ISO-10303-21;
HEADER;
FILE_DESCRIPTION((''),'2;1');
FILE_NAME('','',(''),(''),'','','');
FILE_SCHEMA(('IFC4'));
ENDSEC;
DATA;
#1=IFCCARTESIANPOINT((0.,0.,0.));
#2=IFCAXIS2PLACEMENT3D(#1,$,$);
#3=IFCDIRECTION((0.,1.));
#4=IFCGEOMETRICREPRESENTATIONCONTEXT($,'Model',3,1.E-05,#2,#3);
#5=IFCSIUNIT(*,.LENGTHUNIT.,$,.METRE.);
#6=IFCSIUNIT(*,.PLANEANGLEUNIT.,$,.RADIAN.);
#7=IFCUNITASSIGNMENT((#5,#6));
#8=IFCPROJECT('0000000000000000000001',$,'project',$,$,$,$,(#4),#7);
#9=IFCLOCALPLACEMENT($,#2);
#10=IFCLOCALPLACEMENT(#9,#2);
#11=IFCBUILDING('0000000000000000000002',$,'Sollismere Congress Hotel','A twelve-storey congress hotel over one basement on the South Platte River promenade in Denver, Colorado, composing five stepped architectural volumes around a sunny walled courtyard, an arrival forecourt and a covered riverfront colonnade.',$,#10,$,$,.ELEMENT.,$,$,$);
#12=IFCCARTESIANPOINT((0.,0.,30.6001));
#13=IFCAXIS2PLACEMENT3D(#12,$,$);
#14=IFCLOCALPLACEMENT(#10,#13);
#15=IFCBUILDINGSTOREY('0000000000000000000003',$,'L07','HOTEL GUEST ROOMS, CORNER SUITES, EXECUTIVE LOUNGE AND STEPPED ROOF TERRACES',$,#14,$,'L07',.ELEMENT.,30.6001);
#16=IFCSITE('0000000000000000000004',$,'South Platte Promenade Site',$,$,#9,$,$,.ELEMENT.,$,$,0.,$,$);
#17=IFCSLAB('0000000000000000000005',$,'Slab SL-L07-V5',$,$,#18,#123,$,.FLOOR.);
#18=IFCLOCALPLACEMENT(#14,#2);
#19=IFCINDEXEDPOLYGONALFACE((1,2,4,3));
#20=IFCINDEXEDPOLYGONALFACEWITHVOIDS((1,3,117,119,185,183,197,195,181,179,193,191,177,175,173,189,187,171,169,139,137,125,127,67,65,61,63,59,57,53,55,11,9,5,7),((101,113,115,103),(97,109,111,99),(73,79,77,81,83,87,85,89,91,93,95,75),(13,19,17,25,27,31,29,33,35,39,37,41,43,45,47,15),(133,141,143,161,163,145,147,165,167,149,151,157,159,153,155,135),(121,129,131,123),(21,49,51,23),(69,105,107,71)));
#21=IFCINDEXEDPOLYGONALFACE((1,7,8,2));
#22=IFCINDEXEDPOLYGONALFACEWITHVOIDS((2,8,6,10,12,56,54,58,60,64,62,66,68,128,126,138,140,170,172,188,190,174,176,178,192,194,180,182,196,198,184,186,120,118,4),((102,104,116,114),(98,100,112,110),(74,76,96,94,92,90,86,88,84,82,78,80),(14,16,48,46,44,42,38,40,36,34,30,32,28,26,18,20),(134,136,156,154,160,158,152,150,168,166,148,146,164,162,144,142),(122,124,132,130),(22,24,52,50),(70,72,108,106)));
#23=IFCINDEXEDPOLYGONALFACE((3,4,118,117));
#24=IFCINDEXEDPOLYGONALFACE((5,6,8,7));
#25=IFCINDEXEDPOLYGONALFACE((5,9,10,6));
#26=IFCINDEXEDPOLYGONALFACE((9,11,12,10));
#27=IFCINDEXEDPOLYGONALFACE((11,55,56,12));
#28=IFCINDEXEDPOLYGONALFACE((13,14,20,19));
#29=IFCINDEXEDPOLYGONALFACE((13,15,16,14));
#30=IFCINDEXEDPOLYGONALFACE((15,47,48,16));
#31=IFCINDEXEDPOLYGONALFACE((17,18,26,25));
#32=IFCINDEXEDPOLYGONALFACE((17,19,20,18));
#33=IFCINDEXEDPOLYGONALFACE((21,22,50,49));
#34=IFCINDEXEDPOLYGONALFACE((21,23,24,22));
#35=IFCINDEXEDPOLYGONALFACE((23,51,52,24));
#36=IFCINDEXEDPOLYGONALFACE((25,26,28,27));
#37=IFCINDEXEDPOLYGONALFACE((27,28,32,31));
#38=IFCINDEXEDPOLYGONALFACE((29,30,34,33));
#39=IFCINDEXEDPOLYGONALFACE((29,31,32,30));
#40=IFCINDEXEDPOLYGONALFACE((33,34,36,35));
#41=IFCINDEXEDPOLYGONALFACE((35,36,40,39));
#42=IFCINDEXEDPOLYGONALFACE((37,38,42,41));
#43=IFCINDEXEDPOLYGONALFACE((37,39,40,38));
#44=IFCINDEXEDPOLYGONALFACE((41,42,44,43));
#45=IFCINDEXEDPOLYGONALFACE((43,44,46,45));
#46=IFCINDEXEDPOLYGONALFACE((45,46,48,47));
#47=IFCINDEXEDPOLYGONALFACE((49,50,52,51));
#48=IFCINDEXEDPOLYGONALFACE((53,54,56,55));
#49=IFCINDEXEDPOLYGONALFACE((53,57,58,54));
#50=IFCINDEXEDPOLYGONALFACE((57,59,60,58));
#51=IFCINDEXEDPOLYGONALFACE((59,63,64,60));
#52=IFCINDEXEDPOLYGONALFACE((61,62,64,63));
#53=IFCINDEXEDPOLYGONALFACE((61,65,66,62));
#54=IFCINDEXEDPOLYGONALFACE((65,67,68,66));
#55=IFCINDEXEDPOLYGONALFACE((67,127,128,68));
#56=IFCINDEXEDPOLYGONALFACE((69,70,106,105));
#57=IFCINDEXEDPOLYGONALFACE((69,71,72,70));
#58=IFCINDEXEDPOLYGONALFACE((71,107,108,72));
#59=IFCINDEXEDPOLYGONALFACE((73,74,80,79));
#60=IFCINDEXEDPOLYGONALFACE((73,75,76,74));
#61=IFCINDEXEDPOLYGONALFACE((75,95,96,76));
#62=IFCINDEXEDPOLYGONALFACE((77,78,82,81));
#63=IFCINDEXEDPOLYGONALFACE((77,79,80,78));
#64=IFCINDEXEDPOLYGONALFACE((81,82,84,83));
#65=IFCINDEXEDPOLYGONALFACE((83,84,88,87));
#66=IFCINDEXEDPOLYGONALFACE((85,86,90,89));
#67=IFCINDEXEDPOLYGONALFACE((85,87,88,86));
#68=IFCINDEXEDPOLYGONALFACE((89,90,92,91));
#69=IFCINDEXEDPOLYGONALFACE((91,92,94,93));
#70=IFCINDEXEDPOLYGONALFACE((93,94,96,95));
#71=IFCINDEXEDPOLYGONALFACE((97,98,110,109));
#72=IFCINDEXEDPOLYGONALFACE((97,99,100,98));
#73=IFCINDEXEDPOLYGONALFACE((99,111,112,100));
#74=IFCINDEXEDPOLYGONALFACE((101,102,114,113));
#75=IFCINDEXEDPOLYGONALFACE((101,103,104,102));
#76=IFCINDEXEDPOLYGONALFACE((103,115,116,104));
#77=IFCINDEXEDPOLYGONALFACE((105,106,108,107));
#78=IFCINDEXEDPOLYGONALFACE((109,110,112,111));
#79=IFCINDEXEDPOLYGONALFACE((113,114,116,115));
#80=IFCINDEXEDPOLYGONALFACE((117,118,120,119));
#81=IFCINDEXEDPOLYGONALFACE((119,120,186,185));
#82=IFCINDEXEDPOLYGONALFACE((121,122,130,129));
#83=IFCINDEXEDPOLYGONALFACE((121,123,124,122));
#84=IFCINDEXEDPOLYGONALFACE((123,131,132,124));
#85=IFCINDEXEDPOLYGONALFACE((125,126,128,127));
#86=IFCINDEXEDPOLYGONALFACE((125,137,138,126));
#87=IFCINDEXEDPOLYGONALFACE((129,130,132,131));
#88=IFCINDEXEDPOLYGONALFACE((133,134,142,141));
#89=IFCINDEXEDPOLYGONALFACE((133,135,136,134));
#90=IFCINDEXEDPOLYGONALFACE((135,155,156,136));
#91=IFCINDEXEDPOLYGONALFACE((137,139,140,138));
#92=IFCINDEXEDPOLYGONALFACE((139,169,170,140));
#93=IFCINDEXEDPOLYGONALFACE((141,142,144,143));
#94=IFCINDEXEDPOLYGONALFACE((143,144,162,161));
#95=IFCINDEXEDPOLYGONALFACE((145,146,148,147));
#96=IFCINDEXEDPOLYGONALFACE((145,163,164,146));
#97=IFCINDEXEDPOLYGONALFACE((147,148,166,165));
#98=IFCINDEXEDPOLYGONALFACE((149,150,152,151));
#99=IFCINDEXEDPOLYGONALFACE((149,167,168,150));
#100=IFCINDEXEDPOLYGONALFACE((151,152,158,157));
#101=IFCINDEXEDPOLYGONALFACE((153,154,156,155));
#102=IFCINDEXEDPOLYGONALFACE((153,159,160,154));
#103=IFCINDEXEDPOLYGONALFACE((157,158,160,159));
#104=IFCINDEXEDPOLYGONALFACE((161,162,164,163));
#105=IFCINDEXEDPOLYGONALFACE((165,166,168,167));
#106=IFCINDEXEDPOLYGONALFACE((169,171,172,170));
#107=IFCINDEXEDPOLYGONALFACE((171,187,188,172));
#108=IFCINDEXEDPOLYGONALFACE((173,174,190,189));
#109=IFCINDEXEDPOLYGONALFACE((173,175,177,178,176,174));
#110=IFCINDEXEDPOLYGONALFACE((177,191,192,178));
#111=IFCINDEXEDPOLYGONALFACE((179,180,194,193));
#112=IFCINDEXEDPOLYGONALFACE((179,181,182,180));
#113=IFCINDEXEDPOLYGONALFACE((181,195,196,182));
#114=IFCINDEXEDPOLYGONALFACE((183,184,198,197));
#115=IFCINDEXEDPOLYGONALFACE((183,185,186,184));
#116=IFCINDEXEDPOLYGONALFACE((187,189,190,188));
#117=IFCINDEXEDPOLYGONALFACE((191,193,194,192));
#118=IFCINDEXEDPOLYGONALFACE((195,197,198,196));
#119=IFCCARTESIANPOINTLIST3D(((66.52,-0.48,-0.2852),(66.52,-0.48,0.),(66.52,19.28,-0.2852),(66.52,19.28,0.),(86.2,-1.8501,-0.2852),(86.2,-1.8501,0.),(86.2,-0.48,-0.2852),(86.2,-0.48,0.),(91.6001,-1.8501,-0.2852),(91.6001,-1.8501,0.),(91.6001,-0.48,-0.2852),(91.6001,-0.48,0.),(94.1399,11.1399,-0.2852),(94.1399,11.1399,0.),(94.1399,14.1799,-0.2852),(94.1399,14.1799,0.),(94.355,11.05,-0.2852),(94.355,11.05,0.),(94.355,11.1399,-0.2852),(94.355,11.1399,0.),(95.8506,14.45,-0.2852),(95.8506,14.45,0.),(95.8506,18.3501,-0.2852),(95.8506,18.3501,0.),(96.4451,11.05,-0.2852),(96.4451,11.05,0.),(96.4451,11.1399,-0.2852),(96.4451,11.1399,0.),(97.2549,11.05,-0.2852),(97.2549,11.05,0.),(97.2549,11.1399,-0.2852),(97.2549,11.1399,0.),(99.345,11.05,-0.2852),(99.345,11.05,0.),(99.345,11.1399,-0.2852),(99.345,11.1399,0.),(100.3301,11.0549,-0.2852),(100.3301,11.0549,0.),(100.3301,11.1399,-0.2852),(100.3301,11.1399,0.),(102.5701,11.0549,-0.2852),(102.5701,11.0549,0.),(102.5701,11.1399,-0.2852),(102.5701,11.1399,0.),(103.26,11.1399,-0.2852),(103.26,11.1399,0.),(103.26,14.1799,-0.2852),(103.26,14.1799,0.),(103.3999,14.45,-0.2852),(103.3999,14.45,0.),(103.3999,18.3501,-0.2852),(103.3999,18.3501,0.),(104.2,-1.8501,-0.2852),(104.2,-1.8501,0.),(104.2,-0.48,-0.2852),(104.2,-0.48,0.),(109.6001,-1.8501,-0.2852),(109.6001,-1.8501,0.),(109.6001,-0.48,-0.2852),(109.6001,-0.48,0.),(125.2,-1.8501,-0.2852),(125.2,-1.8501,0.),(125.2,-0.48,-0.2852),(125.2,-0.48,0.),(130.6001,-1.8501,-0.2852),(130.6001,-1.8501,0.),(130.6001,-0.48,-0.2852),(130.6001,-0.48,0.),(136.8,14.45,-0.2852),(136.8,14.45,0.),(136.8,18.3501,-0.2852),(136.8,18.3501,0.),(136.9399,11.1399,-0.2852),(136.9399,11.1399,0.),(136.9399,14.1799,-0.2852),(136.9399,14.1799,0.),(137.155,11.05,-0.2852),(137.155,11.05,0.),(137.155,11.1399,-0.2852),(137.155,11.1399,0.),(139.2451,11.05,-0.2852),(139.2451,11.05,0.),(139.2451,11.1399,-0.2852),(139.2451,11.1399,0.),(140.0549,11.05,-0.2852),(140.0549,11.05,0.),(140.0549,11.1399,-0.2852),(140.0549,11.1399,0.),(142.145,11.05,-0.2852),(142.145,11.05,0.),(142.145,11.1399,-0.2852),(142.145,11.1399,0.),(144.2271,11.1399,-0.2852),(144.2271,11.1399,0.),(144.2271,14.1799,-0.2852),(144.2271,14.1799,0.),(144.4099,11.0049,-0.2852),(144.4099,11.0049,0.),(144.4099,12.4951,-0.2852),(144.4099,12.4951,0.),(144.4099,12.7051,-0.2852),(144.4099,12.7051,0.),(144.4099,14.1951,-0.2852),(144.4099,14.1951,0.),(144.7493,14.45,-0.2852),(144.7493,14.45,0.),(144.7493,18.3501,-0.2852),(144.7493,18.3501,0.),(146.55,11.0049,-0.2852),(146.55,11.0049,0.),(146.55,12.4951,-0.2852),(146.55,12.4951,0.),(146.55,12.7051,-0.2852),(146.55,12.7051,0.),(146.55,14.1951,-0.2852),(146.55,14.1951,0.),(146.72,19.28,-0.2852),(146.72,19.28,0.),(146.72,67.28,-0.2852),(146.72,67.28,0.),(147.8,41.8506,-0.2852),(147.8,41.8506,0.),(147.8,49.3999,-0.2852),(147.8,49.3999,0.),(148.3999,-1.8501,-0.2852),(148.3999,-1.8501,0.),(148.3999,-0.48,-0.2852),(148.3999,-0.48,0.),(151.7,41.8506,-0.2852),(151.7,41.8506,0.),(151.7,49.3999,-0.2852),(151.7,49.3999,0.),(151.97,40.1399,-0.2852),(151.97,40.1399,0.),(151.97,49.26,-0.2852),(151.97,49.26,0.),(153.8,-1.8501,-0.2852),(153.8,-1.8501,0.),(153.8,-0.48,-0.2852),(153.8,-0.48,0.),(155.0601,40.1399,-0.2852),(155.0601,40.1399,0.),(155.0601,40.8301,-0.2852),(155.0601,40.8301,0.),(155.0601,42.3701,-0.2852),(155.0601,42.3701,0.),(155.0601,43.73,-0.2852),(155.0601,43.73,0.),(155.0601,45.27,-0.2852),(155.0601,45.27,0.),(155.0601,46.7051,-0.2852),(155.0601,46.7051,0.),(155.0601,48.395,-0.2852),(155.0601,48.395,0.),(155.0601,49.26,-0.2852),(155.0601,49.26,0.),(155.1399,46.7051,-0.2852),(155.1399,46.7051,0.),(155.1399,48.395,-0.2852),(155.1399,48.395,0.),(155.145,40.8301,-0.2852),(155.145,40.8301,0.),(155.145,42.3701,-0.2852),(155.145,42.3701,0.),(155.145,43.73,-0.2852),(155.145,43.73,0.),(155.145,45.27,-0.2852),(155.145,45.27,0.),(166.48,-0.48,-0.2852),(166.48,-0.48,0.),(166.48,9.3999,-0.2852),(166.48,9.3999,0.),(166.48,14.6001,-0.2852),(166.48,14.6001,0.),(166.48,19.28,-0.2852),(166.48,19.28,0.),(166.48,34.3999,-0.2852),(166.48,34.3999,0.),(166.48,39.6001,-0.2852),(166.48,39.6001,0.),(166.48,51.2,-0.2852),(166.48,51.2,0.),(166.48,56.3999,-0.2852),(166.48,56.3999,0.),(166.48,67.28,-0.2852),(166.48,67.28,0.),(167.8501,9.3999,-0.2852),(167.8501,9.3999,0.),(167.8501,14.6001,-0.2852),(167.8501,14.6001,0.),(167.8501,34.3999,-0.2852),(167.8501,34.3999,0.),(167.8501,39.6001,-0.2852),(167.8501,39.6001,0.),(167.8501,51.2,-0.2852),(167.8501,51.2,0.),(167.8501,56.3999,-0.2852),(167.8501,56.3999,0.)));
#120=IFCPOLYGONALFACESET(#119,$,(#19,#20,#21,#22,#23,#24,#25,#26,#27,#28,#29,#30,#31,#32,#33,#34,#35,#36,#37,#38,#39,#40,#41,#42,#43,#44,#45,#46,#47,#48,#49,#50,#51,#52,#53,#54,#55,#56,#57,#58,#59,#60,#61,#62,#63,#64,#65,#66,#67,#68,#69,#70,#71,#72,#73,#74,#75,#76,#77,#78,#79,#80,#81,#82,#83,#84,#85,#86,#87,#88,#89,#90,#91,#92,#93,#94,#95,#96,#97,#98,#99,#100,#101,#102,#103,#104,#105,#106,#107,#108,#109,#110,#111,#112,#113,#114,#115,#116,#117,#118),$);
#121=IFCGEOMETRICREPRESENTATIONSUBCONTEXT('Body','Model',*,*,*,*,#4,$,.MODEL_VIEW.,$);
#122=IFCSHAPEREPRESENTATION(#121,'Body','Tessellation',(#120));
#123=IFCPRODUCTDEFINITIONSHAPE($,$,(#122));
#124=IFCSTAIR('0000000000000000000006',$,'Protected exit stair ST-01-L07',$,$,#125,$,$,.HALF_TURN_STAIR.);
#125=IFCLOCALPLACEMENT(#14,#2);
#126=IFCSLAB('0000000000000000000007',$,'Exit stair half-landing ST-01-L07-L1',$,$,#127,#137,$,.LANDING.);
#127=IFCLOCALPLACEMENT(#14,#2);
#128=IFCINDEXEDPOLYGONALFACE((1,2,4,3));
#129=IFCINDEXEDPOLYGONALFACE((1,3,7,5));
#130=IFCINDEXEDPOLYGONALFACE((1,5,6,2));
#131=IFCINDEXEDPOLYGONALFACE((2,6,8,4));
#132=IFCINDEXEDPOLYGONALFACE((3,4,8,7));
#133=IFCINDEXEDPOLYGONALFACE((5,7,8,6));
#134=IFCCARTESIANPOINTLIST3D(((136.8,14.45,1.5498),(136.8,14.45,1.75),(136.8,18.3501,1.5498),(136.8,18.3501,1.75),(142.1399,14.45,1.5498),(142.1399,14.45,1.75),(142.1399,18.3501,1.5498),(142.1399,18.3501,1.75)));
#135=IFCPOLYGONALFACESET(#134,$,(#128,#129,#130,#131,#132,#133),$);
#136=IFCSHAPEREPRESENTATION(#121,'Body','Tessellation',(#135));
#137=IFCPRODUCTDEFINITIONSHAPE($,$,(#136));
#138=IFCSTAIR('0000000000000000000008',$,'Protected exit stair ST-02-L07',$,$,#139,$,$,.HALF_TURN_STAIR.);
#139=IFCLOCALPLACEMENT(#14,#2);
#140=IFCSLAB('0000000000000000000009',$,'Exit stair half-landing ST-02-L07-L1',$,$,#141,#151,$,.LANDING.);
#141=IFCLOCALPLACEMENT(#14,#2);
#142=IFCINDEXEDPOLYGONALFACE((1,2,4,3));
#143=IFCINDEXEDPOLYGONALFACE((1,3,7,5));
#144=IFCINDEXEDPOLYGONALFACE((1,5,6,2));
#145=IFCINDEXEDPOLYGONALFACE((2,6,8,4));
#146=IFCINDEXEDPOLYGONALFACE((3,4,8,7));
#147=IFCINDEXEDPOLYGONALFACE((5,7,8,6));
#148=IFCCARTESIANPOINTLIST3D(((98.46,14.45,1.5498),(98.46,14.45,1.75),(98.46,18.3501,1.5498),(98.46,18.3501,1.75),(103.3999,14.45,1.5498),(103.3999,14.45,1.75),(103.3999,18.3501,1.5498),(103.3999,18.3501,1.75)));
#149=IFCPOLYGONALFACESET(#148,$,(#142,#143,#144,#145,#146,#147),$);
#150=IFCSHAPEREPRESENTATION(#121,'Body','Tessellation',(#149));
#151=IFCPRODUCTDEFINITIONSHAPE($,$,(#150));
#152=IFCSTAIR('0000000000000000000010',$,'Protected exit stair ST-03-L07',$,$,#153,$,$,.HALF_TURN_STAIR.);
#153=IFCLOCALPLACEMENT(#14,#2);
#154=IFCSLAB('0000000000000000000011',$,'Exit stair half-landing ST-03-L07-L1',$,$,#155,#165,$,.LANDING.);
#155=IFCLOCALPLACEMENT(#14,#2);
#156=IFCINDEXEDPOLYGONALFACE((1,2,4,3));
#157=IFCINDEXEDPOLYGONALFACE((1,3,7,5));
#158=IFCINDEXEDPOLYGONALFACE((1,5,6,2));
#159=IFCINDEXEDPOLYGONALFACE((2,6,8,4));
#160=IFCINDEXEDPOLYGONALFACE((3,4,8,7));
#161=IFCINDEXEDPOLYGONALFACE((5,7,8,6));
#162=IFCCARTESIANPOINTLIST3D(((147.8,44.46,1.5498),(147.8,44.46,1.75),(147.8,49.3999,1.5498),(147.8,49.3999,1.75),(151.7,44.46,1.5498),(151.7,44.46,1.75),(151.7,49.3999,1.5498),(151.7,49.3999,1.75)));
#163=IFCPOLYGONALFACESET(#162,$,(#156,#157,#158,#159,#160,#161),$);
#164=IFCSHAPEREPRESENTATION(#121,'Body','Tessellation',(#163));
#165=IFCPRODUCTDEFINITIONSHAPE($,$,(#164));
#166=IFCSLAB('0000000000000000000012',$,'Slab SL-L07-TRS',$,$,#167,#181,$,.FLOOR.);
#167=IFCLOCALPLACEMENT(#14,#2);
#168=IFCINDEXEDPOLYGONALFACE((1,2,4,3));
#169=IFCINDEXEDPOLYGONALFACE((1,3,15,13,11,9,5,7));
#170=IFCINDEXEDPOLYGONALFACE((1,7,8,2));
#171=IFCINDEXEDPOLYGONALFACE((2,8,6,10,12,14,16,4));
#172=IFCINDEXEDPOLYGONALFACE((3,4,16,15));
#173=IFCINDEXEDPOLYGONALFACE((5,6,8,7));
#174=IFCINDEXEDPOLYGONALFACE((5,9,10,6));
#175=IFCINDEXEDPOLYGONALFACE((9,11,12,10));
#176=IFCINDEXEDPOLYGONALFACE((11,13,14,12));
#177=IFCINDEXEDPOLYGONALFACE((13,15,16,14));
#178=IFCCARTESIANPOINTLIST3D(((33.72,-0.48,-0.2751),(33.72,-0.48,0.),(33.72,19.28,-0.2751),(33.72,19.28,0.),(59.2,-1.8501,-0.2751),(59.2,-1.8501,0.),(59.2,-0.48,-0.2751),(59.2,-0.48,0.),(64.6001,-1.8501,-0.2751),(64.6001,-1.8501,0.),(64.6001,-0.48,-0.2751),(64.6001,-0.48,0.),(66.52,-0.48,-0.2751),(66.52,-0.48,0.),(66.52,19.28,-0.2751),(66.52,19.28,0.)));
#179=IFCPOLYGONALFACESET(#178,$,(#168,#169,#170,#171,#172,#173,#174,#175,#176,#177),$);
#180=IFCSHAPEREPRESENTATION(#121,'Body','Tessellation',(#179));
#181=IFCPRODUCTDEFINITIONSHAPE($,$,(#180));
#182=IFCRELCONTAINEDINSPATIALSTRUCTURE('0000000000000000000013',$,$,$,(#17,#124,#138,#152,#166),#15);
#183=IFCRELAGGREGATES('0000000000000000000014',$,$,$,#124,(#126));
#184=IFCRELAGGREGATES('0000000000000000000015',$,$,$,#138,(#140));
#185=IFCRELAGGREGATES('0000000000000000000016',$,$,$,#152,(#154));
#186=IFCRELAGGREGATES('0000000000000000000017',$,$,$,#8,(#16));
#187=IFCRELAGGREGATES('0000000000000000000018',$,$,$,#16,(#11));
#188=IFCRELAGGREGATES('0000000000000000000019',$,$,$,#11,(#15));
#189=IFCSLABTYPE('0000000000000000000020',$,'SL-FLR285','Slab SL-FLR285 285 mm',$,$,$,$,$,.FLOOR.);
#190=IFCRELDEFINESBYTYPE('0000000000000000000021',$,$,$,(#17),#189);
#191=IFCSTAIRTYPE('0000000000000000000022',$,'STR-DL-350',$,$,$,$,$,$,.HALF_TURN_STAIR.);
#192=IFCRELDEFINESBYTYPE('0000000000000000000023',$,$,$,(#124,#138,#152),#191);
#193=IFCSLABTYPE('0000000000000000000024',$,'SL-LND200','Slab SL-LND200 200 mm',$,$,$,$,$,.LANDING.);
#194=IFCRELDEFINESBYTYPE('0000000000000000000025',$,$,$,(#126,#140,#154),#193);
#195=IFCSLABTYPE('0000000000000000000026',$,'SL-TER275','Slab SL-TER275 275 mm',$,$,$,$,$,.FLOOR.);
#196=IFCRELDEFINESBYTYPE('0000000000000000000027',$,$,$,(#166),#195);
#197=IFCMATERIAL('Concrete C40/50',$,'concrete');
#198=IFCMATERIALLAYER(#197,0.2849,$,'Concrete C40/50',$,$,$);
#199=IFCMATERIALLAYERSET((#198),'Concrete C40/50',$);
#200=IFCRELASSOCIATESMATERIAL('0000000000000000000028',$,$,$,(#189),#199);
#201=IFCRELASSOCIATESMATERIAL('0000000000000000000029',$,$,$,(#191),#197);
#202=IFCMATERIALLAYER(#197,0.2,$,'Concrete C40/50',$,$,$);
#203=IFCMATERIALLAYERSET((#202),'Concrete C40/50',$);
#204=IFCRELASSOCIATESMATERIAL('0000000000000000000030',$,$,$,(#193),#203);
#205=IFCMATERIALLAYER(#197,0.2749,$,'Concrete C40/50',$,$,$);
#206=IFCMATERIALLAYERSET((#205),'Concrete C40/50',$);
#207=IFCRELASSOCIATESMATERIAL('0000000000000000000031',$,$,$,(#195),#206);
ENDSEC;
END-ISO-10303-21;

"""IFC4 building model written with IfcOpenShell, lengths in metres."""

from ifc_helpers import new_model, si_unit, direction, frame, origin, place, context, subcontext, project, spatial, polyline, outline, extrude, material, layer, layer_set, type_object, element, aggregate, save


model = new_model("IFC4")

# Units and contexts
model_context = context("Model", 3, precision=1e-05, world=origin(), true_north=direction((0.0, 1.0)))
body_context = subcontext(model_context, "Body", "Model", "MODEL_VIEW")
ifc_project = project(units=[si_unit("LENGTHUNIT", "METRE"), si_unit("PLANEANGLEUNIT", "RADIAN")], contexts=[model_context])

# Site, building, storey
site_placement = place(None, origin())
site = spatial("IfcSite", under=ifc_project, at=site_placement, Name="South Platte Promenade Site", CompositionType="ELEMENT", RefElevation=0.0)
building_placement = place(site_placement, origin())
building = spatial("IfcBuilding", under=site, at=building_placement, Name="Sollismere Congress Hotel", Description="A twelve-storey congress hotel over one basement on the South Platte River promenade in Denver, Colorado, composing five stepped architectural volumes around a sunny walled courtyard, an arrival forecourt and a covered riverfront colonnade.", CompositionType="ELEMENT")
storey_placement = place(building_placement, frame((0.0, 0.0, 30.6001)))
storey = spatial("IfcBuildingStorey", under=building, at=storey_placement, Name="L07", Description="HOTEL GUEST ROOMS, CORNER SUITES, EXECUTIVE LOUNGE AND STEPPED ROOF TERRACES", LongName="L07", CompositionType="ELEMENT", Elevation=30.6001)

# Slab
ifc_material_1 = material(Name="Concrete C40/50", Category="concrete")
ifc_layer_1 = layer(ifc_material_1, 0.2849, Name="Concrete C40/50")
ifc_layer_set_1 = layer_set([ifc_layer_1], Name="Concrete C40/50")
slab_type_1 = type_object("IfcSlabType", Name="SL-FLR285", Description="Slab SL-FLR285 285 mm", PredefinedType="FLOOR", material=ifc_layer_set_1)
slab_1_placement = place(storey_placement, frame((0.0, 0.0, -0.2852)))
element("IfcSlab", 1, at=slab_1_placement, inside=storey, type_object=slab_type_1, Name="Slab SL-L07-V5", PredefinedType="FLOOR", context=body_context, shape_type="SweptSolid", body=[
    extrude(outline(polyline([(91.6001, -1.8501), (91.6001, -0.48), (104.2, -0.48), (104.2, -1.8501), (109.6001, -1.8501), (109.6001, -0.48), (125.2, -0.48), (125.2, -1.8501), (130.6001, -1.8501), (130.6001, -0.48), (148.3999, -0.48), (148.3999, -1.8501), (153.8, -1.8501), (153.8, -0.48), (166.48, -0.48), (166.48, 9.3999), (167.8501, 9.3999), (167.8501, 14.6001), (166.48, 14.6001), (166.48, 19.28), (166.48, 34.3999), (167.8501, 34.3999), (167.8501, 39.6001), (166.48, 39.6001), (166.48, 51.2), (167.8501, 51.2), (167.8501, 56.3999), (166.48, 56.3999), (166.48, 67.28), (146.72, 67.28), (146.72, 19.28), (66.52, 19.28), (66.52, -0.48), (86.2, -0.48), (86.2, -1.8501), (91.6001, -1.8501)]), holes=[polyline([(94.355, 11.05), (94.355, 11.1399), (94.1399, 11.1399), (94.1399, 14.1799), (103.26, 14.1799), (103.26, 11.1399), (102.5701, 11.1399), (102.5701, 11.0549), (100.3301, 11.0549), (100.3301, 11.1399), (99.345, 11.1399), (99.345, 11.05), (97.2549, 11.05), (97.2549, 11.1399), (96.4451, 11.1399), (96.4451, 11.05), (94.355, 11.05)]), polyline([(137.155, 11.05), (137.155, 11.1399), (136.9399, 11.1399), (136.9399, 14.1799), (144.2271, 14.1799), (144.2271, 11.1399), (142.145, 11.1399), (142.145, 11.05), (140.0549, 11.05), (140.0549, 11.1399), (139.2451, 11.1399), (139.2451, 11.05), (137.155, 11.05)]), polyline([(95.8506, 14.45), (95.8506, 18.3501), (103.3999, 18.3501), (103.3999, 14.45), (95.8506, 14.45)]), polyline([(144.7493, 18.3501), (144.7493, 14.45), (136.8, 14.45), (136.8, 18.3501), (144.7493, 18.3501)]), polyline([(146.55, 11.0049), (144.4099, 11.0049), (144.4099, 12.4951), (146.55, 12.4951), (146.55, 11.0049)]), polyline([(146.55, 12.7051), (144.4099, 12.7051), (144.4099, 14.1951), (146.55, 14.1951), (146.55, 12.7051)]), polyline([(155.145, 40.8301), (155.0601, 40.8301), (155.0601, 40.1399), (151.97, 40.1399), (151.97, 49.26), (155.0601, 49.26), (155.0601, 48.395), (155.1399, 48.395), (155.1399, 46.7051), (155.0601, 46.7051), (155.0601, 45.27), (155.145, 45.27), (155.145, 43.73), (155.0601, 43.73), (155.0601, 42.3701), (155.145, 42.3701), (155.145, 40.8301)]), polyline([(151.7, 41.8506), (147.8, 41.8506), (147.8, 49.3999), (151.7, 49.3999), (151.7, 41.8506)])]), origin(), (0.0, 0.0, 1.0), 0.2852),
])

# Stairs, slabs
stair_type = type_object("IfcStairType", Name="STR-DL-350", PredefinedType="HALF_TURN_STAIR", material=ifc_material_1)
stair_1_placement = place(storey_placement, origin())
stair_1 = element("IfcStair", 2, at=stair_1_placement, inside=storey, type_object=stair_type, Name="Protected exit stair ST-01-L07", PredefinedType="HALF_TURN_STAIR")
ifc_layer_2 = layer(ifc_material_1, 0.2, Name="Concrete C40/50")
ifc_layer_set_2 = layer_set([ifc_layer_2], Name="Concrete C40/50")
slab_type_2 = type_object("IfcSlabType", Name="SL-LND200", Description="Slab SL-LND200 200 mm", PredefinedType="LANDING", material=ifc_layer_set_2)
slab_2_placement = place(storey_placement, frame((0.0, 0.0, 1.5498)))
slab_2 = element("IfcSlab", 3, at=slab_2_placement, type_object=slab_type_2, Name="Exit stair half-landing ST-01-L07-L1", PredefinedType="LANDING", context=body_context, shape_type="SweptSolid", body=[
    extrude(outline(polyline([(142.1399, 18.3501), (136.8, 18.3501), (136.8, 14.45), (142.1399, 14.45), (142.1399, 18.3501)])), origin(), (0.0, 0.0, 1.0), 0.2002),
])
aggregate(stair_1, [slab_2])
stair_2_placement = place(storey_placement, origin())
stair_2 = element("IfcStair", 4, at=stair_2_placement, inside=storey, type_object=stair_type, Name="Protected exit stair ST-02-L07", PredefinedType="HALF_TURN_STAIR")
slab_3_placement = place(storey_placement, frame((0.0, 0.0, 1.5498)))
slab_3 = element("IfcSlab", 5, at=slab_3_placement, type_object=slab_type_2, Name="Exit stair half-landing ST-02-L07-L1", PredefinedType="LANDING", context=body_context, shape_type="SweptSolid", body=[
    extrude(outline(polyline([(98.46, 14.45), (103.3999, 14.45), (103.3999, 18.3501), (98.46, 18.3501), (98.46, 14.45)])), origin(), (0.0, 0.0, 1.0), 0.2002),
])
aggregate(stair_2, [slab_3])
stair_3_placement = place(storey_placement, origin())
stair_3 = element("IfcStair", 6, at=stair_3_placement, inside=storey, type_object=stair_type, Name="Protected exit stair ST-03-L07", PredefinedType="HALF_TURN_STAIR")
slab_4_placement = place(storey_placement, frame((0.0, 0.0, 1.5498)))
slab_4 = element("IfcSlab", 7, at=slab_4_placement, type_object=slab_type_2, Name="Exit stair half-landing ST-03-L07-L1", PredefinedType="LANDING", context=body_context, shape_type="SweptSolid", body=[
    extrude(outline(polyline([(151.7, 44.46), (151.7, 49.3999), (147.8, 49.3999), (147.8, 44.46), (151.7, 44.46)])), origin(), (0.0, 0.0, 1.0), 0.2002),
])
aggregate(stair_3, [slab_4])

# Slab
ifc_layer_3 = layer(ifc_material_1, 0.2749, Name="Concrete C40/50")
ifc_layer_set_3 = layer_set([ifc_layer_3], Name="Concrete C40/50")
slab_type_3 = type_object("IfcSlabType", Name="SL-TER275", Description="Slab SL-TER275 275 mm", PredefinedType="FLOOR", material=ifc_layer_set_3)
slab_5_placement = place(storey_placement, frame((0.0, 0.0, -0.2751)))
element("IfcSlab", 8, at=slab_5_placement, inside=storey, type_object=slab_type_3, Name="Slab SL-L07-TRS", PredefinedType="FLOOR", context=body_context, shape_type="SweptSolid", body=[
    extrude(outline(polyline([(64.6001, -0.48), (66.52, -0.48), (66.52, 19.28), (33.72, 19.28), (33.72, -0.48), (59.2, -0.48), (59.2, -1.8501), (64.6001, -1.8501), (64.6001, -0.48)])), origin(), (0.0, 0.0, 1.0), 0.2751),
])

save(model, "model.ifc")
